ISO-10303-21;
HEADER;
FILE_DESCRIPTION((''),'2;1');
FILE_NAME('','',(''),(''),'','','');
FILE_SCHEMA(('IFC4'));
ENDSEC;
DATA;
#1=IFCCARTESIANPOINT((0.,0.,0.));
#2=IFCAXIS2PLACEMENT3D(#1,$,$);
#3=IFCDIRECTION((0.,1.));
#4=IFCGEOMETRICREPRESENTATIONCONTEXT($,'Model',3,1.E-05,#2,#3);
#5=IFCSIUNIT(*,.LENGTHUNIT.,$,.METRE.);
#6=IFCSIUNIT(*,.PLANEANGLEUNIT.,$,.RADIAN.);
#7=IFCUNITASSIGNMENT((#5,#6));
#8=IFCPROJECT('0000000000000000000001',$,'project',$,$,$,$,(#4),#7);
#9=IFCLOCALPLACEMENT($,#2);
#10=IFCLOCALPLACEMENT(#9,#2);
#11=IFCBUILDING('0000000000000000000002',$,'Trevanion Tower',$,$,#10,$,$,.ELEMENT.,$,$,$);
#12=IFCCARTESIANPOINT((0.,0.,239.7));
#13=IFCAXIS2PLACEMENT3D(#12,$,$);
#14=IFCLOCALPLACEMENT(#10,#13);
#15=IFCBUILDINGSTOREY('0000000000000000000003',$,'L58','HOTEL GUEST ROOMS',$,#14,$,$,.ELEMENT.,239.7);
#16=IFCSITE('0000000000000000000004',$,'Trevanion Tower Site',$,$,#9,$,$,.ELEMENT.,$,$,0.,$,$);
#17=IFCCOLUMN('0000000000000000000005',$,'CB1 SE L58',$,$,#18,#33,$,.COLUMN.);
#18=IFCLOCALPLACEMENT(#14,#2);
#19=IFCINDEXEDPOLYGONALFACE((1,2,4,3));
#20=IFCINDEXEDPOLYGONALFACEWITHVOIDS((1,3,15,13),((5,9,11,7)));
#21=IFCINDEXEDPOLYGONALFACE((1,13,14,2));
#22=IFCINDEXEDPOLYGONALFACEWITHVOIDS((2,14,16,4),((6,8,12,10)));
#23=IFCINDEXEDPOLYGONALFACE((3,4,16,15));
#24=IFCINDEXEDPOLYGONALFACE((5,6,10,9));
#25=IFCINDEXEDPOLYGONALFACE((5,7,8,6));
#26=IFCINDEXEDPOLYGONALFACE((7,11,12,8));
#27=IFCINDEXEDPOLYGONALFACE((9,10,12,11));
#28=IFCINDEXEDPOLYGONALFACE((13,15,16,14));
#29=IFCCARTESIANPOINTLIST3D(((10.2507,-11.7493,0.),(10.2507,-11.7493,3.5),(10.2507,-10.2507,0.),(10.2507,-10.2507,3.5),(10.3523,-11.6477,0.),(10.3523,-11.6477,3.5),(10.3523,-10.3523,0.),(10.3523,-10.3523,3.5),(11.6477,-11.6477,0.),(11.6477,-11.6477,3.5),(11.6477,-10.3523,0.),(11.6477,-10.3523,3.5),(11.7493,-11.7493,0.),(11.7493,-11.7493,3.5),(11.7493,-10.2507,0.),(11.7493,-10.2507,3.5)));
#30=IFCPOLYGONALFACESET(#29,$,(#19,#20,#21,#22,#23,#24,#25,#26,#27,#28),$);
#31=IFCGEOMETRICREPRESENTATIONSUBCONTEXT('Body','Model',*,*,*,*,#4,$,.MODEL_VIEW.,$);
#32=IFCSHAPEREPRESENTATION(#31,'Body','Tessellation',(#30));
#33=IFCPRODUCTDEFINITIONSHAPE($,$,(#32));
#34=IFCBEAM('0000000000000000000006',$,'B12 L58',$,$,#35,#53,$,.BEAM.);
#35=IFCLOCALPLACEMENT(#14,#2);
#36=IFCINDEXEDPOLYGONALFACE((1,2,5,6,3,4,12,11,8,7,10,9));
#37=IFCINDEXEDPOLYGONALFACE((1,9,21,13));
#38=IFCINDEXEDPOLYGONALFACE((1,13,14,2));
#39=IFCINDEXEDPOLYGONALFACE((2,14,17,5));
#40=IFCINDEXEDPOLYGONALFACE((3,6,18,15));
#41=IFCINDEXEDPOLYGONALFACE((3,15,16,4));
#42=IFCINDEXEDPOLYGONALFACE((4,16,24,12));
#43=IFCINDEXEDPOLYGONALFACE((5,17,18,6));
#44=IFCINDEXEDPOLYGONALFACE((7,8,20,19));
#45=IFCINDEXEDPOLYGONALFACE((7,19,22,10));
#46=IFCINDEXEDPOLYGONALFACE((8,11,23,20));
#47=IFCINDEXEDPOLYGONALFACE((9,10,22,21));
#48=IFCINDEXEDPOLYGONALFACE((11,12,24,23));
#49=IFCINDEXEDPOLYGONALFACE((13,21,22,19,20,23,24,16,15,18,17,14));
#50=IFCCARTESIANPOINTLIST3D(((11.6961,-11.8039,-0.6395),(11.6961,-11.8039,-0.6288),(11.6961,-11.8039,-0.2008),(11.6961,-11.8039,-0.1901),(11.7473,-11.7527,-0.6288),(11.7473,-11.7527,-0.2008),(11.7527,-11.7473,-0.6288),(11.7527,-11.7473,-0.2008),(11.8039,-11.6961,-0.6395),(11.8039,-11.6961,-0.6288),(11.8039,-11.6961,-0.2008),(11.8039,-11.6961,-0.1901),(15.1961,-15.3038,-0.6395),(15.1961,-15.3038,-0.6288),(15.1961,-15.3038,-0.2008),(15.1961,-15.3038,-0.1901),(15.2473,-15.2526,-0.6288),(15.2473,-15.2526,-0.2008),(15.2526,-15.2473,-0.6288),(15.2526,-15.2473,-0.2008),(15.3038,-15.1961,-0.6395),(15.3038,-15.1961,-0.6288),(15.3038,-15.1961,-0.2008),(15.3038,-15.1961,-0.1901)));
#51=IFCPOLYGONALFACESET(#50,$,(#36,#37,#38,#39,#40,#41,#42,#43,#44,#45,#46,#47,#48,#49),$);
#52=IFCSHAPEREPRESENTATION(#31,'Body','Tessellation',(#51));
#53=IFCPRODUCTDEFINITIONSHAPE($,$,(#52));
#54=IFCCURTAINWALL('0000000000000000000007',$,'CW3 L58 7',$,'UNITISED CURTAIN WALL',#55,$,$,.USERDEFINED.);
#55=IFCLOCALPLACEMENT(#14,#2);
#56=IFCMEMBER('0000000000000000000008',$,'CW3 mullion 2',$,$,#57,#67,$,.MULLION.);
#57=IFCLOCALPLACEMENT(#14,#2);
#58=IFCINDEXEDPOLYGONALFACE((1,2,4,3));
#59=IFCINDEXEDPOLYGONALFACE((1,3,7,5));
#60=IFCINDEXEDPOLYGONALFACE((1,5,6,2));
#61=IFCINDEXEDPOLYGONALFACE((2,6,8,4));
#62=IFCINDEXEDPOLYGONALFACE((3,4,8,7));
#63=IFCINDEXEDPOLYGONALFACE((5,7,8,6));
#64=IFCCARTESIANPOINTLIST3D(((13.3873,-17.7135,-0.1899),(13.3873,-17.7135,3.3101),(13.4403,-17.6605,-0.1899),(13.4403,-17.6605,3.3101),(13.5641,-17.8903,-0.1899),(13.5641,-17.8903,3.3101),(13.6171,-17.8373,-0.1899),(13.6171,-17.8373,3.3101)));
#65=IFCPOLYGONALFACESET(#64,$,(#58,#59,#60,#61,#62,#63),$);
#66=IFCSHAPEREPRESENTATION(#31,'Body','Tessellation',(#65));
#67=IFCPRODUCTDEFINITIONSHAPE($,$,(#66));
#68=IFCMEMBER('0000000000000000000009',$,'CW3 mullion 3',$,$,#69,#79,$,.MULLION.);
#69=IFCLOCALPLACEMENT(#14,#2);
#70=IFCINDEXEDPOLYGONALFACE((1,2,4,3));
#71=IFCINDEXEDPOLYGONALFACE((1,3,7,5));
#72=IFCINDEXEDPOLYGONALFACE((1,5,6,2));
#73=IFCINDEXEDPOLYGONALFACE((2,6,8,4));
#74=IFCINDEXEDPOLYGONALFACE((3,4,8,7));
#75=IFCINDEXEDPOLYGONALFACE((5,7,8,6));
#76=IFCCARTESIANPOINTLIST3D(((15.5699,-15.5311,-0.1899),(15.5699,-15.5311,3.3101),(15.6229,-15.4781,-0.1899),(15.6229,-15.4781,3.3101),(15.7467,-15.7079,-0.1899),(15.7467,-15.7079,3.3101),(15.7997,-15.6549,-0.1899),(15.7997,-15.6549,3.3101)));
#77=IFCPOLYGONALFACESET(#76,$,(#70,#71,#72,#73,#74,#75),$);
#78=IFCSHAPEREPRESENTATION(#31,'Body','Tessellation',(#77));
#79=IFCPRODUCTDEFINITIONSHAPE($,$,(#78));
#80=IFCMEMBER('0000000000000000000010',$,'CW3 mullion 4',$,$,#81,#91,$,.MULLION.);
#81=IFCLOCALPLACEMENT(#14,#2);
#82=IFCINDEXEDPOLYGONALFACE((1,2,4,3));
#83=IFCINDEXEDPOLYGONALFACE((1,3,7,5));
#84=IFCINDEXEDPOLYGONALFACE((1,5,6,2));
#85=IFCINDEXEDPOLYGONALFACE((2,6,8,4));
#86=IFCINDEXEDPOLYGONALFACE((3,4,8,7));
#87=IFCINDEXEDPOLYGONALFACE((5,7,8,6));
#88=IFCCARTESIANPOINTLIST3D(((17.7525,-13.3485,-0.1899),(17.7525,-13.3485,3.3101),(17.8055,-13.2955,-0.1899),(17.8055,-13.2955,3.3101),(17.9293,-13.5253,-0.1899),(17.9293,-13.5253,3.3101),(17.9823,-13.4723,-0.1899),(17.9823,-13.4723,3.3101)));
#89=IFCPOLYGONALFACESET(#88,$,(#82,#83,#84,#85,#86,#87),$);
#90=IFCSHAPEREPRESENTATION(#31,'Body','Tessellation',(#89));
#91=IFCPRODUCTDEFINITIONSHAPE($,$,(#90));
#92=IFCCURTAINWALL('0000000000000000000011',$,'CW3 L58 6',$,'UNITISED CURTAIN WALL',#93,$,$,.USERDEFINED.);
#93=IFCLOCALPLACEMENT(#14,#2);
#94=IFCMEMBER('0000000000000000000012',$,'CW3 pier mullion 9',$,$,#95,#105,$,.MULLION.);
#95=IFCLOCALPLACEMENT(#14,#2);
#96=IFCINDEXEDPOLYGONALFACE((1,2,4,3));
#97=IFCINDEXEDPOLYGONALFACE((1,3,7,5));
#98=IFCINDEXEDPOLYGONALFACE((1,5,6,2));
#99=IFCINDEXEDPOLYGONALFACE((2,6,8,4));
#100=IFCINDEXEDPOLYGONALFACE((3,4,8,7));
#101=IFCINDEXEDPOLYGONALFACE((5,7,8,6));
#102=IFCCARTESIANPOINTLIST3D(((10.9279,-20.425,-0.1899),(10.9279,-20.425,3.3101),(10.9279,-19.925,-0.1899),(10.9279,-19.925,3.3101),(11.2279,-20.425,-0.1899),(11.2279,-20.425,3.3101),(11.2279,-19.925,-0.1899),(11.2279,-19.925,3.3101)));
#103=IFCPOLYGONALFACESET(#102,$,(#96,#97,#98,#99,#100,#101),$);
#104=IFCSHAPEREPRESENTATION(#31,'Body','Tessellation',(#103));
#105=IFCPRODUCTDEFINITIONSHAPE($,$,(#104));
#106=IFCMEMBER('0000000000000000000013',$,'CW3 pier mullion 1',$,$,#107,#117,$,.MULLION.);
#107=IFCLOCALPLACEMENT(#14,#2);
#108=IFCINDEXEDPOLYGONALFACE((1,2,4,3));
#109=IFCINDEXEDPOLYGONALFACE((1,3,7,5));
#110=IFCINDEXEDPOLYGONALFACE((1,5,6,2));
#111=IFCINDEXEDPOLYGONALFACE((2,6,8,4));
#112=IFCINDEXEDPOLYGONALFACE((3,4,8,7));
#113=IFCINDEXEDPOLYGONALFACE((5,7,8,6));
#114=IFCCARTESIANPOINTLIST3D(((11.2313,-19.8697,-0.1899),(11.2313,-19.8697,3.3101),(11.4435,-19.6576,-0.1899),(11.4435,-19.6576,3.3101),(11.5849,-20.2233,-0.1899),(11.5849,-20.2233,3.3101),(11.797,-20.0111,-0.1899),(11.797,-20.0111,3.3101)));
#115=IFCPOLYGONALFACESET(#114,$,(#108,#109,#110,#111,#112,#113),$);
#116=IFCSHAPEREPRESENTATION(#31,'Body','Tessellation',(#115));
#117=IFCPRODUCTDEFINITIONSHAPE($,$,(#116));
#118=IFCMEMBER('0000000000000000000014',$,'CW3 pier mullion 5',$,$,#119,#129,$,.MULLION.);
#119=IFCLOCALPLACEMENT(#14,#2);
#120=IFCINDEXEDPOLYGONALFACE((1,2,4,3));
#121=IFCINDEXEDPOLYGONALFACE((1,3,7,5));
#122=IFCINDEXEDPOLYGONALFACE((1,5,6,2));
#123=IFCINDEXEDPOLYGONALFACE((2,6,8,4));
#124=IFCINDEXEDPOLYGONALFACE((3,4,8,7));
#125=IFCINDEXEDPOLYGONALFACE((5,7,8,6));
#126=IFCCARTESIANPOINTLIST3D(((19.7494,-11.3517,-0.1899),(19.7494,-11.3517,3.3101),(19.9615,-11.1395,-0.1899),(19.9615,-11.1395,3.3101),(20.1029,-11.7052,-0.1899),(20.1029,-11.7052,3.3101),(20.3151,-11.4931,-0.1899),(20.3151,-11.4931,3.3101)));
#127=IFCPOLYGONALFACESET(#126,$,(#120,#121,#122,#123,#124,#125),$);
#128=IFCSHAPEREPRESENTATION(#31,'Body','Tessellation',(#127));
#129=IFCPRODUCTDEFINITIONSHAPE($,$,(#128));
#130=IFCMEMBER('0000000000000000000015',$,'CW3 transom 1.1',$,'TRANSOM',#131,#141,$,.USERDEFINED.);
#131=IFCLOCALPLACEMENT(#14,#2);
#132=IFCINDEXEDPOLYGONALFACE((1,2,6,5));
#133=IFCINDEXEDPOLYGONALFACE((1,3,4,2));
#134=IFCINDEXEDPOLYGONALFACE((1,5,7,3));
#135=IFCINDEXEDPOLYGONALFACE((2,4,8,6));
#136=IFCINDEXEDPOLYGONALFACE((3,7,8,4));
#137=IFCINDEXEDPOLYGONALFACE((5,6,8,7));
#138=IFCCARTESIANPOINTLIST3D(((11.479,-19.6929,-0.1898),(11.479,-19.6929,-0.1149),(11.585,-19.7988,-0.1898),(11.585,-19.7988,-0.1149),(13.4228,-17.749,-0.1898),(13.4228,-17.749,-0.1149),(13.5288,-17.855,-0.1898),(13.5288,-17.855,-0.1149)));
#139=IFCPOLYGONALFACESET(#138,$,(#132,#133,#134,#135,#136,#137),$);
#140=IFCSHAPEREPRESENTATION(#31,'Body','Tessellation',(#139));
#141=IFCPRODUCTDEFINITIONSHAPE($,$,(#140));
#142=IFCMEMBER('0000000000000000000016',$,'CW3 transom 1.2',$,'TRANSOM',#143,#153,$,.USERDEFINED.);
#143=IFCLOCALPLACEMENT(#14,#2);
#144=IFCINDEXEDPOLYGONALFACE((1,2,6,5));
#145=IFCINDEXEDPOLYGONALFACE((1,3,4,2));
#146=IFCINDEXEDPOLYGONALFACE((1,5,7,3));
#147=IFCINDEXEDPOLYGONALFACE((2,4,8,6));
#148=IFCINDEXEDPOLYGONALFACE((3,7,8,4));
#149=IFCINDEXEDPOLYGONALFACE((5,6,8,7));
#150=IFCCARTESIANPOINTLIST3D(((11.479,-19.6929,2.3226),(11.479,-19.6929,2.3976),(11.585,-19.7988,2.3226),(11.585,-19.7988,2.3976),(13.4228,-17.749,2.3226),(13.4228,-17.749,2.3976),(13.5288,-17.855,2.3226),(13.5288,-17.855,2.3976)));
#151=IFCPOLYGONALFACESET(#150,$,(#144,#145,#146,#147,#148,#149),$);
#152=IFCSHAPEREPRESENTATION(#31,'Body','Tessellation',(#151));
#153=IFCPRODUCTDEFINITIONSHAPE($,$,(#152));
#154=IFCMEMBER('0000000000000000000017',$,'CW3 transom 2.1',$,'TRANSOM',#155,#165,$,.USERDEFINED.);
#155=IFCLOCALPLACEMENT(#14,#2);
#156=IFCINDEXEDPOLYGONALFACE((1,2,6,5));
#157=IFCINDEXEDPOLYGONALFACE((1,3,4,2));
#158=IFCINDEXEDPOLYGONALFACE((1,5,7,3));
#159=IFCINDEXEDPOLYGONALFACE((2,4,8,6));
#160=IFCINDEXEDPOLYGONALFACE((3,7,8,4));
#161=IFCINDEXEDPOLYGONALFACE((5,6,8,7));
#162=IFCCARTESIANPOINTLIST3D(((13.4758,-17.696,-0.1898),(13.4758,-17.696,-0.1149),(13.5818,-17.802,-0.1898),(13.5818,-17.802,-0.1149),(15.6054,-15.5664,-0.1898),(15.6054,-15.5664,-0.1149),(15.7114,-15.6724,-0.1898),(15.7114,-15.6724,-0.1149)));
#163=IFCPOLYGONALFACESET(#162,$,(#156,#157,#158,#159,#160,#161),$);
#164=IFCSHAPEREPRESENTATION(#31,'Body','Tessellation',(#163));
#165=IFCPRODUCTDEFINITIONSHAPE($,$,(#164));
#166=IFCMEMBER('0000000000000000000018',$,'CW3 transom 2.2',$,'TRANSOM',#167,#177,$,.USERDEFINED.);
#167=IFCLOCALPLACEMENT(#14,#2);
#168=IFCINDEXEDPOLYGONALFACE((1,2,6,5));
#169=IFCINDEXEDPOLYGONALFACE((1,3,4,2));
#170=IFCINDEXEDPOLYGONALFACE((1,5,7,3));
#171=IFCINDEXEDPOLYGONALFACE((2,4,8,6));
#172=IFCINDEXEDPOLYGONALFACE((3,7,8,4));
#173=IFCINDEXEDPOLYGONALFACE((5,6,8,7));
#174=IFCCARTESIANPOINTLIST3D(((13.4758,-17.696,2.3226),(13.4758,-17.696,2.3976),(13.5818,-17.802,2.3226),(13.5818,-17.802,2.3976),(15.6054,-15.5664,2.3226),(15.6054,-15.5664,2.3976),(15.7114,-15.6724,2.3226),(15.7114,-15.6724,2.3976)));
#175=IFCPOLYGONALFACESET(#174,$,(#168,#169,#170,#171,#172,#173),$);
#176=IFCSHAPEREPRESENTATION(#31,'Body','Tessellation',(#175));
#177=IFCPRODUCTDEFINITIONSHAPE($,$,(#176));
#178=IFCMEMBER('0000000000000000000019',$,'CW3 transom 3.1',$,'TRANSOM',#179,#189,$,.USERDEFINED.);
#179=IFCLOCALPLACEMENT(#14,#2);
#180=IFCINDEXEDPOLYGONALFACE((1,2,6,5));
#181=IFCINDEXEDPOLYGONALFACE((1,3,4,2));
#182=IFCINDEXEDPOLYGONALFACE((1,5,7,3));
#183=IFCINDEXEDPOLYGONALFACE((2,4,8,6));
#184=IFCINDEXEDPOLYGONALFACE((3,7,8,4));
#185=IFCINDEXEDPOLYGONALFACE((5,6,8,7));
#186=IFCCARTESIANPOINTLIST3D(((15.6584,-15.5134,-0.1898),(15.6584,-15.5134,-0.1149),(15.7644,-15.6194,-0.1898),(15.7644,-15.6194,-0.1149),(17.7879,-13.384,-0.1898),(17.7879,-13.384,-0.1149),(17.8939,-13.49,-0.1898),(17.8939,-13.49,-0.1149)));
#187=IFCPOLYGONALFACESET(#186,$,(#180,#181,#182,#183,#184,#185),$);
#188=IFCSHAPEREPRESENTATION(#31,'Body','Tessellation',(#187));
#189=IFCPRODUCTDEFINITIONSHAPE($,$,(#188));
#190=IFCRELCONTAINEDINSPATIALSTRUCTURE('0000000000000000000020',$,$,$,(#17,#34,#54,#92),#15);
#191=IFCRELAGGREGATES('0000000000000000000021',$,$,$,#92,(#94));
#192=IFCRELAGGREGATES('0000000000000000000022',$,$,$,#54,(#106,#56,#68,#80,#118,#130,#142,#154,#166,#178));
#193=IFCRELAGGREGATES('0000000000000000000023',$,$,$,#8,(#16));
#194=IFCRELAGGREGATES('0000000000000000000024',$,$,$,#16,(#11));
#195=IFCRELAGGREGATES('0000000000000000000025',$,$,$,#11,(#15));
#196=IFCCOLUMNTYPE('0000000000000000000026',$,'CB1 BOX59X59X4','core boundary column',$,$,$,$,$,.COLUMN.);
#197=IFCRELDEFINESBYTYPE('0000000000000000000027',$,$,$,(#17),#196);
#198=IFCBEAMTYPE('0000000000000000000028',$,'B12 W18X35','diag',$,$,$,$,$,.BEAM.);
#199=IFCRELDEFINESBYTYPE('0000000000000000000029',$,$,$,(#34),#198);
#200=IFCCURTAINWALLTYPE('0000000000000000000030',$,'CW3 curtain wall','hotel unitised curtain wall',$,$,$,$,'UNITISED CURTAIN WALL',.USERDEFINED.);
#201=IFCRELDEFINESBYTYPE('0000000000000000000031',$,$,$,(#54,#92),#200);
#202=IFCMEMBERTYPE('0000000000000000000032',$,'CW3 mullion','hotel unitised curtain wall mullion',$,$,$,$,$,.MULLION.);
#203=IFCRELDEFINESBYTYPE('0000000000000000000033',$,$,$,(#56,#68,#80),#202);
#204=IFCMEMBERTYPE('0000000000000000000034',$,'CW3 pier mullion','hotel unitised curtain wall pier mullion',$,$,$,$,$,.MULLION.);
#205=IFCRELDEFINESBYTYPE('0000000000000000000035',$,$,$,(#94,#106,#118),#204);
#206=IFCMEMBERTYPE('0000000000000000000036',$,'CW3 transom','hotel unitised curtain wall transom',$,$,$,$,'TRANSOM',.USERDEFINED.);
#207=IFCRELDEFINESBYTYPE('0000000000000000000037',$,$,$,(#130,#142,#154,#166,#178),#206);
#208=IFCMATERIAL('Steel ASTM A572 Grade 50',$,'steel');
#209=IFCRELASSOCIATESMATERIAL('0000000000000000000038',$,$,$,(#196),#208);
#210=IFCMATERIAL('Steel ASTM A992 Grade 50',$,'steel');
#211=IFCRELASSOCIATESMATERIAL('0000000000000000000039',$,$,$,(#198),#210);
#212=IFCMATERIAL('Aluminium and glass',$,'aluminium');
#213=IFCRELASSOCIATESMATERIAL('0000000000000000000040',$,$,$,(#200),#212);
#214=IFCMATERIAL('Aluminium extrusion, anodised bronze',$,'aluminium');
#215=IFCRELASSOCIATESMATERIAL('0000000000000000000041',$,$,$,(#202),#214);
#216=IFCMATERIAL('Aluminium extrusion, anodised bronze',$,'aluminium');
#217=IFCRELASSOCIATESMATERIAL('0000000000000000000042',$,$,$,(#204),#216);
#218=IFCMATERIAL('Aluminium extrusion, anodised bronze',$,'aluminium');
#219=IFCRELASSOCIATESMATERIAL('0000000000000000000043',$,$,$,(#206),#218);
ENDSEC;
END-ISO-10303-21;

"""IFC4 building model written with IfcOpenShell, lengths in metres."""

from ifc_helpers import new_model, si_unit, direction, frame, origin, origin_2d, place, context, subcontext, project, spatial, rectangle, hollow_rectangle, i_section, extrude, material, material_profile, profile_set, type_object, element, aggregate, save


model = new_model("IFC4")

# Units and contexts
model_context = context("Model", 3, precision=1e-05, world=origin(), true_north=direction((0.0, 1.0)))
body_context = subcontext(model_context, "Body", "Model", "MODEL_VIEW")
ifc_project = project(units=[si_unit("LENGTHUNIT", "METRE"), si_unit("PLANEANGLEUNIT", "RADIAN")], contexts=[model_context])

# Site, building, storey
site_placement = place(None, origin())
site = spatial("IfcSite", under=ifc_project, at=site_placement, Name="Trevanion Tower Site", CompositionType="ELEMENT", RefElevation=0.0)
building_placement = place(site_placement, origin())
building = spatial("IfcBuilding", under=site, at=building_placement, Name="Trevanion Tower", CompositionType="ELEMENT")
storey_placement = place(building_placement, frame((0.0, 0.0, 239.7)))
storey = spatial("IfcBuildingStorey", under=building, at=storey_placement, Name="L58", Description="HOTEL GUEST ROOMS", CompositionType="ELEMENT", Elevation=239.7)

# Column
ifc_material_1 = material(Name="Steel ASTM A572 Grade 50", Category="steel")
ifc_material_profile_1 = material_profile(ifc_material_1, hollow_rectangle(XDim=1.4985, YDim=1.4985, WallThickness=0.1016, at=origin_2d()), Name="BOX59X59X4")
ifc_profile_set_1 = profile_set([ifc_material_profile_1], Name="Steel ASTM A572 Grade 50")
column_type = type_object("IfcColumnType", Name="CB1 BOX59X59X4", Description="core boundary column", PredefinedType="COLUMN", material=ifc_profile_set_1)
column_placement = place(storey_placement, frame((11.0, -11.0, 0.0), z_axis=(0.0, 0.0, 1.0), x_axis=(1.0, 0.0, 0.0)))
element("IfcColumn", 1, at=column_placement, inside=storey, type_object=column_type, Name="CB1 SE L58", PredefinedType="COLUMN", context=body_context, shape_type="SweptSolid", body=[
    extrude(hollow_rectangle(XDim=1.4985, YDim=1.4985, WallThickness=0.1016, at=origin_2d()), origin(), (0.0, 0.0, 1.0), 3.5),
])

# Beam
ifc_material_2 = material(Name="Steel ASTM A992 Grade 50", Category="steel")
ifc_material_profile_2 = material_profile(ifc_material_2, i_section(OverallWidth=0.1523, OverallDepth=0.4495, WebThickness=0.0076, FlangeThickness=0.0107, at=origin_2d()), Name="W18X35")
ifc_profile_set_2 = profile_set([ifc_material_profile_2], Name="Steel ASTM A992 Grade 50")
beam_type_1 = type_object("IfcBeamType", Name="B12 W18X35", Description="diag", PredefinedType="BEAM", material=ifc_profile_set_2)
beam_1_placement = place(storey_placement, frame((11.75, -11.75, -0.4148), z_axis=(0.707107, -0.707107, 0.0), x_axis=(0.707107, 0.707107, 0.0)))
element("IfcBeam", 2, at=beam_1_placement, inside=storey, type_object=beam_type_1, Name="B12 L58", PredefinedType="BEAM", context=body_context, shape_type="SweptSolid", body=[
    extrude(i_section(OverallWidth=0.1523, OverallDepth=0.4495, WebThickness=0.0076, FlangeThickness=0.0107, at=origin_2d()), origin(), (0.0, 0.0, 1.0), 4.9497),
])

# Curtain wall, members
ifc_material_3 = material(Name="Aluminium and glass", Category="aluminium")
curtain_wall_type = type_object("IfcCurtainWallType", Name="CW3 curtain wall", Description="hotel unitised curtain wall", ElementType="UNITISED CURTAIN WALL", PredefinedType="USERDEFINED", material=ifc_material_3)
curtain_wall_1_placement = place(storey_placement, origin())
curtain_wall_1 = element("IfcCurtainWall", 3, at=curtain_wall_1_placement, inside=storey, type_object=curtain_wall_type, Name="CW3 L58 7", ObjectType="UNITISED CURTAIN WALL", PredefinedType="USERDEFINED")
ifc_material_4 = material(Name="Aluminium extrusion, anodised bronze", Category="aluminium")
ifc_material_profile_3 = material_profile(ifc_material_4, rectangle(XDim=0.075, YDim=0.25, at=origin_2d()), Name="CW3 mullion")
ifc_profile_set_3 = profile_set([ifc_material_profile_3], Name="Aluminium extrusion, anodised bronze")
member_type_1 = type_object("IfcMemberType", Name="CW3 mullion", Description="hotel unitised curtain wall mullion", PredefinedType="MULLION", material=ifc_profile_set_3)
member_1_placement = place(storey_placement, frame((13.5022, -17.7754, -0.1899), z_axis=(0.0, 0.0, 1.0), x_axis=(0.707107, 0.707107, 0.0)))
member_1 = element("IfcMember", 4, at=member_1_placement, type_object=member_type_1, Name="CW3 mullion 2", PredefinedType="MULLION", context=body_context, shape_type="SweptSolid", body=[
    extrude(rectangle(XDim=0.075, YDim=0.25, at=origin_2d()), origin(), (0.0, 0.0, 1.0), 3.5),
])
member_2_placement = place(storey_placement, frame((15.6848, -15.593, -0.1899), z_axis=(0.0, 0.0, 1.0), x_axis=(0.707107, 0.707107, 0.0)))
member_2 = element("IfcMember", 5, at=member_2_placement, type_object=member_type_1, Name="CW3 mullion 3", PredefinedType="MULLION", context=body_context, shape_type="SweptSolid", body=[
    extrude(rectangle(XDim=0.075, YDim=0.25, at=origin_2d()), origin(), (0.0, 0.0, 1.0), 3.5),
])
member_3_placement = place(storey_placement, frame((17.8674, -13.4104, -0.1899), z_axis=(0.0, 0.0, 1.0), x_axis=(0.707107, 0.707107, 0.0)))
member_3 = element("IfcMember", 6, at=member_3_placement, type_object=member_type_1, Name="CW3 mullion 4", PredefinedType="MULLION", context=body_context, shape_type="SweptSolid", body=[
    extrude(rectangle(XDim=0.075, YDim=0.25, at=origin_2d()), origin(), (0.0, 0.0, 1.0), 3.5),
])

# Curtain wall, member
curtain_wall_2_placement = place(storey_placement, origin())
curtain_wall_2 = element("IfcCurtainWall", 7, at=curtain_wall_2_placement, inside=storey, type_object=curtain_wall_type, Name="CW3 L58 6", ObjectType="UNITISED CURTAIN WALL", PredefinedType="USERDEFINED")
ifc_material_5 = material(Name="Aluminium extrusion, anodised bronze", Category="aluminium")
ifc_material_profile_4 = material_profile(ifc_material_5, rectangle(XDim=0.3, YDim=0.5, at=origin_2d()), Name="CW3 pier mullion")
ifc_profile_set_4 = profile_set([ifc_material_profile_4], Name="Aluminium extrusion, anodised bronze")
member_type_2 = type_object("IfcMemberType", Name="CW3 pier mullion", Description="hotel unitised curtain wall pier mullion", PredefinedType="MULLION", material=ifc_profile_set_4)
member_4_placement = place(storey_placement, frame((11.0779, -20.175, -0.1899), z_axis=(0.0, 0.0, 1.0), x_axis=(1.0, 0.0, 0.0)))
member_4 = element("IfcMember", 8, at=member_4_placement, type_object=member_type_2, Name="CW3 pier mullion 9", PredefinedType="MULLION", context=body_context, shape_type="SweptSolid", body=[
    extrude(rectangle(XDim=0.3, YDim=0.5, at=origin_2d()), origin(), (0.0, 0.0, 1.0), 3.5),
])
aggregate(curtain_wall_2, [member_4])

# Members
member_5_placement = place(storey_placement, frame((11.5142, -19.9404, -0.1899), z_axis=(0.0, 0.0, 1.0), x_axis=(0.707107, 0.707107, 0.0)))
member_5 = element("IfcMember", 9, at=member_5_placement, type_object=member_type_2, Name="CW3 pier mullion 1", PredefinedType="MULLION", context=body_context, shape_type="SweptSolid", body=[
    extrude(rectangle(XDim=0.3, YDim=0.5, at=origin_2d()), origin(), (0.0, 0.0, 1.0), 3.5),
])
member_6_placement = place(storey_placement, frame((20.0322, -11.4224, -0.1899), z_axis=(0.0, 0.0, 1.0), x_axis=(0.707107, 0.707107, 0.0)))
member_6 = element("IfcMember", 10, at=member_6_placement, type_object=member_type_2, Name="CW3 pier mullion 5", PredefinedType="MULLION", context=body_context, shape_type="SweptSolid", body=[
    extrude(rectangle(XDim=0.3, YDim=0.5, at=origin_2d()), origin(), (0.0, 0.0, 1.0), 3.5),
])
ifc_material_6 = material(Name="Aluminium extrusion, anodised bronze", Category="aluminium")
ifc_material_profile_5 = material_profile(ifc_material_6, rectangle(XDim=0.1499, YDim=0.075, at=origin_2d()), Name="CW3 transom")
ifc_profile_set_5 = profile_set([ifc_material_profile_5], Name="Aluminium extrusion, anodised bronze")
member_type_3 = type_object("IfcMemberType", Name="CW3 transom", Description="hotel unitised curtain wall transom", ElementType="TRANSOM", PredefinedType="USERDEFINED", material=ifc_profile_set_5)
member_7_placement = place(storey_placement, frame((11.532, -19.7458, -0.1523), z_axis=(0.707107, 0.707107, 0.0), x_axis=(-0.707107, 0.707107, 0.0)))
member_7 = element("IfcMember", 11, at=member_7_placement, type_object=member_type_3, Name="CW3 transom 1.1", ObjectType="TRANSOM", PredefinedType="USERDEFINED", context=body_context, shape_type="SweptSolid", body=[
    extrude(rectangle(XDim=0.1499, YDim=0.075, at=origin_2d()), origin(), (0.0, 0.0, 1.0), 2.749),
])
member_8_placement = place(storey_placement, frame((11.532, -19.7458, 2.3601), z_axis=(0.707107, 0.707107, 0.0), x_axis=(-0.707107, 0.707107, 0.0)))
member_8 = element("IfcMember", 12, at=member_8_placement, type_object=member_type_3, Name="CW3 transom 1.2", ObjectType="TRANSOM", PredefinedType="USERDEFINED", context=body_context, shape_type="SweptSolid", body=[
    extrude(rectangle(XDim=0.1499, YDim=0.075, at=origin_2d()), origin(), (0.0, 0.0, 1.0), 2.749),
])
member_9_placement = place(storey_placement, frame((13.5288, -17.749, -0.1523), z_axis=(0.707107, 0.707107, 0.0), x_axis=(-0.707107, 0.707107, 0.0)))
member_9 = element("IfcMember", 13, at=member_9_placement, type_object=member_type_3, Name="CW3 transom 2.1", ObjectType="TRANSOM", PredefinedType="USERDEFINED", context=body_context, shape_type="SweptSolid", body=[
    extrude(rectangle(XDim=0.1499, YDim=0.075, at=origin_2d()), origin(), (0.0, 0.0, 1.0), 3.0117),
])
member_10_placement = place(storey_placement, frame((13.5288, -17.749, 2.3601), z_axis=(0.707107, 0.707107, 0.0), x_axis=(-0.707107, 0.707107, 0.0)))
member_10 = element("IfcMember", 14, at=member_10_placement, type_object=member_type_3, Name="CW3 transom 2.2", ObjectType="TRANSOM", PredefinedType="USERDEFINED", context=body_context, shape_type="SweptSolid", body=[
    extrude(rectangle(XDim=0.1499, YDim=0.075, at=origin_2d()), origin(), (0.0, 0.0, 1.0), 3.0117),
])
member_11_placement = place(storey_placement, frame((15.7114, -15.5664, -0.1523), z_axis=(0.707107, 0.707107, 0.0), x_axis=(-0.707107, 0.707107, 0.0)))
member_11 = element("IfcMember", 15, at=member_11_placement, type_object=member_type_3, Name="CW3 transom 3.1", ObjectType="TRANSOM", PredefinedType="USERDEFINED", context=body_context, shape_type="SweptSolid", body=[
    extrude(rectangle(XDim=0.1499, YDim=0.075, at=origin_2d()), origin(), (0.0, 0.0, 1.0), 3.0115),
])

aggregate(curtain_wall_1, [member_5, member_1, member_2, member_3, member_6, member_7, member_8, member_9, member_10, member_11])

save(model, "model.ifc")
